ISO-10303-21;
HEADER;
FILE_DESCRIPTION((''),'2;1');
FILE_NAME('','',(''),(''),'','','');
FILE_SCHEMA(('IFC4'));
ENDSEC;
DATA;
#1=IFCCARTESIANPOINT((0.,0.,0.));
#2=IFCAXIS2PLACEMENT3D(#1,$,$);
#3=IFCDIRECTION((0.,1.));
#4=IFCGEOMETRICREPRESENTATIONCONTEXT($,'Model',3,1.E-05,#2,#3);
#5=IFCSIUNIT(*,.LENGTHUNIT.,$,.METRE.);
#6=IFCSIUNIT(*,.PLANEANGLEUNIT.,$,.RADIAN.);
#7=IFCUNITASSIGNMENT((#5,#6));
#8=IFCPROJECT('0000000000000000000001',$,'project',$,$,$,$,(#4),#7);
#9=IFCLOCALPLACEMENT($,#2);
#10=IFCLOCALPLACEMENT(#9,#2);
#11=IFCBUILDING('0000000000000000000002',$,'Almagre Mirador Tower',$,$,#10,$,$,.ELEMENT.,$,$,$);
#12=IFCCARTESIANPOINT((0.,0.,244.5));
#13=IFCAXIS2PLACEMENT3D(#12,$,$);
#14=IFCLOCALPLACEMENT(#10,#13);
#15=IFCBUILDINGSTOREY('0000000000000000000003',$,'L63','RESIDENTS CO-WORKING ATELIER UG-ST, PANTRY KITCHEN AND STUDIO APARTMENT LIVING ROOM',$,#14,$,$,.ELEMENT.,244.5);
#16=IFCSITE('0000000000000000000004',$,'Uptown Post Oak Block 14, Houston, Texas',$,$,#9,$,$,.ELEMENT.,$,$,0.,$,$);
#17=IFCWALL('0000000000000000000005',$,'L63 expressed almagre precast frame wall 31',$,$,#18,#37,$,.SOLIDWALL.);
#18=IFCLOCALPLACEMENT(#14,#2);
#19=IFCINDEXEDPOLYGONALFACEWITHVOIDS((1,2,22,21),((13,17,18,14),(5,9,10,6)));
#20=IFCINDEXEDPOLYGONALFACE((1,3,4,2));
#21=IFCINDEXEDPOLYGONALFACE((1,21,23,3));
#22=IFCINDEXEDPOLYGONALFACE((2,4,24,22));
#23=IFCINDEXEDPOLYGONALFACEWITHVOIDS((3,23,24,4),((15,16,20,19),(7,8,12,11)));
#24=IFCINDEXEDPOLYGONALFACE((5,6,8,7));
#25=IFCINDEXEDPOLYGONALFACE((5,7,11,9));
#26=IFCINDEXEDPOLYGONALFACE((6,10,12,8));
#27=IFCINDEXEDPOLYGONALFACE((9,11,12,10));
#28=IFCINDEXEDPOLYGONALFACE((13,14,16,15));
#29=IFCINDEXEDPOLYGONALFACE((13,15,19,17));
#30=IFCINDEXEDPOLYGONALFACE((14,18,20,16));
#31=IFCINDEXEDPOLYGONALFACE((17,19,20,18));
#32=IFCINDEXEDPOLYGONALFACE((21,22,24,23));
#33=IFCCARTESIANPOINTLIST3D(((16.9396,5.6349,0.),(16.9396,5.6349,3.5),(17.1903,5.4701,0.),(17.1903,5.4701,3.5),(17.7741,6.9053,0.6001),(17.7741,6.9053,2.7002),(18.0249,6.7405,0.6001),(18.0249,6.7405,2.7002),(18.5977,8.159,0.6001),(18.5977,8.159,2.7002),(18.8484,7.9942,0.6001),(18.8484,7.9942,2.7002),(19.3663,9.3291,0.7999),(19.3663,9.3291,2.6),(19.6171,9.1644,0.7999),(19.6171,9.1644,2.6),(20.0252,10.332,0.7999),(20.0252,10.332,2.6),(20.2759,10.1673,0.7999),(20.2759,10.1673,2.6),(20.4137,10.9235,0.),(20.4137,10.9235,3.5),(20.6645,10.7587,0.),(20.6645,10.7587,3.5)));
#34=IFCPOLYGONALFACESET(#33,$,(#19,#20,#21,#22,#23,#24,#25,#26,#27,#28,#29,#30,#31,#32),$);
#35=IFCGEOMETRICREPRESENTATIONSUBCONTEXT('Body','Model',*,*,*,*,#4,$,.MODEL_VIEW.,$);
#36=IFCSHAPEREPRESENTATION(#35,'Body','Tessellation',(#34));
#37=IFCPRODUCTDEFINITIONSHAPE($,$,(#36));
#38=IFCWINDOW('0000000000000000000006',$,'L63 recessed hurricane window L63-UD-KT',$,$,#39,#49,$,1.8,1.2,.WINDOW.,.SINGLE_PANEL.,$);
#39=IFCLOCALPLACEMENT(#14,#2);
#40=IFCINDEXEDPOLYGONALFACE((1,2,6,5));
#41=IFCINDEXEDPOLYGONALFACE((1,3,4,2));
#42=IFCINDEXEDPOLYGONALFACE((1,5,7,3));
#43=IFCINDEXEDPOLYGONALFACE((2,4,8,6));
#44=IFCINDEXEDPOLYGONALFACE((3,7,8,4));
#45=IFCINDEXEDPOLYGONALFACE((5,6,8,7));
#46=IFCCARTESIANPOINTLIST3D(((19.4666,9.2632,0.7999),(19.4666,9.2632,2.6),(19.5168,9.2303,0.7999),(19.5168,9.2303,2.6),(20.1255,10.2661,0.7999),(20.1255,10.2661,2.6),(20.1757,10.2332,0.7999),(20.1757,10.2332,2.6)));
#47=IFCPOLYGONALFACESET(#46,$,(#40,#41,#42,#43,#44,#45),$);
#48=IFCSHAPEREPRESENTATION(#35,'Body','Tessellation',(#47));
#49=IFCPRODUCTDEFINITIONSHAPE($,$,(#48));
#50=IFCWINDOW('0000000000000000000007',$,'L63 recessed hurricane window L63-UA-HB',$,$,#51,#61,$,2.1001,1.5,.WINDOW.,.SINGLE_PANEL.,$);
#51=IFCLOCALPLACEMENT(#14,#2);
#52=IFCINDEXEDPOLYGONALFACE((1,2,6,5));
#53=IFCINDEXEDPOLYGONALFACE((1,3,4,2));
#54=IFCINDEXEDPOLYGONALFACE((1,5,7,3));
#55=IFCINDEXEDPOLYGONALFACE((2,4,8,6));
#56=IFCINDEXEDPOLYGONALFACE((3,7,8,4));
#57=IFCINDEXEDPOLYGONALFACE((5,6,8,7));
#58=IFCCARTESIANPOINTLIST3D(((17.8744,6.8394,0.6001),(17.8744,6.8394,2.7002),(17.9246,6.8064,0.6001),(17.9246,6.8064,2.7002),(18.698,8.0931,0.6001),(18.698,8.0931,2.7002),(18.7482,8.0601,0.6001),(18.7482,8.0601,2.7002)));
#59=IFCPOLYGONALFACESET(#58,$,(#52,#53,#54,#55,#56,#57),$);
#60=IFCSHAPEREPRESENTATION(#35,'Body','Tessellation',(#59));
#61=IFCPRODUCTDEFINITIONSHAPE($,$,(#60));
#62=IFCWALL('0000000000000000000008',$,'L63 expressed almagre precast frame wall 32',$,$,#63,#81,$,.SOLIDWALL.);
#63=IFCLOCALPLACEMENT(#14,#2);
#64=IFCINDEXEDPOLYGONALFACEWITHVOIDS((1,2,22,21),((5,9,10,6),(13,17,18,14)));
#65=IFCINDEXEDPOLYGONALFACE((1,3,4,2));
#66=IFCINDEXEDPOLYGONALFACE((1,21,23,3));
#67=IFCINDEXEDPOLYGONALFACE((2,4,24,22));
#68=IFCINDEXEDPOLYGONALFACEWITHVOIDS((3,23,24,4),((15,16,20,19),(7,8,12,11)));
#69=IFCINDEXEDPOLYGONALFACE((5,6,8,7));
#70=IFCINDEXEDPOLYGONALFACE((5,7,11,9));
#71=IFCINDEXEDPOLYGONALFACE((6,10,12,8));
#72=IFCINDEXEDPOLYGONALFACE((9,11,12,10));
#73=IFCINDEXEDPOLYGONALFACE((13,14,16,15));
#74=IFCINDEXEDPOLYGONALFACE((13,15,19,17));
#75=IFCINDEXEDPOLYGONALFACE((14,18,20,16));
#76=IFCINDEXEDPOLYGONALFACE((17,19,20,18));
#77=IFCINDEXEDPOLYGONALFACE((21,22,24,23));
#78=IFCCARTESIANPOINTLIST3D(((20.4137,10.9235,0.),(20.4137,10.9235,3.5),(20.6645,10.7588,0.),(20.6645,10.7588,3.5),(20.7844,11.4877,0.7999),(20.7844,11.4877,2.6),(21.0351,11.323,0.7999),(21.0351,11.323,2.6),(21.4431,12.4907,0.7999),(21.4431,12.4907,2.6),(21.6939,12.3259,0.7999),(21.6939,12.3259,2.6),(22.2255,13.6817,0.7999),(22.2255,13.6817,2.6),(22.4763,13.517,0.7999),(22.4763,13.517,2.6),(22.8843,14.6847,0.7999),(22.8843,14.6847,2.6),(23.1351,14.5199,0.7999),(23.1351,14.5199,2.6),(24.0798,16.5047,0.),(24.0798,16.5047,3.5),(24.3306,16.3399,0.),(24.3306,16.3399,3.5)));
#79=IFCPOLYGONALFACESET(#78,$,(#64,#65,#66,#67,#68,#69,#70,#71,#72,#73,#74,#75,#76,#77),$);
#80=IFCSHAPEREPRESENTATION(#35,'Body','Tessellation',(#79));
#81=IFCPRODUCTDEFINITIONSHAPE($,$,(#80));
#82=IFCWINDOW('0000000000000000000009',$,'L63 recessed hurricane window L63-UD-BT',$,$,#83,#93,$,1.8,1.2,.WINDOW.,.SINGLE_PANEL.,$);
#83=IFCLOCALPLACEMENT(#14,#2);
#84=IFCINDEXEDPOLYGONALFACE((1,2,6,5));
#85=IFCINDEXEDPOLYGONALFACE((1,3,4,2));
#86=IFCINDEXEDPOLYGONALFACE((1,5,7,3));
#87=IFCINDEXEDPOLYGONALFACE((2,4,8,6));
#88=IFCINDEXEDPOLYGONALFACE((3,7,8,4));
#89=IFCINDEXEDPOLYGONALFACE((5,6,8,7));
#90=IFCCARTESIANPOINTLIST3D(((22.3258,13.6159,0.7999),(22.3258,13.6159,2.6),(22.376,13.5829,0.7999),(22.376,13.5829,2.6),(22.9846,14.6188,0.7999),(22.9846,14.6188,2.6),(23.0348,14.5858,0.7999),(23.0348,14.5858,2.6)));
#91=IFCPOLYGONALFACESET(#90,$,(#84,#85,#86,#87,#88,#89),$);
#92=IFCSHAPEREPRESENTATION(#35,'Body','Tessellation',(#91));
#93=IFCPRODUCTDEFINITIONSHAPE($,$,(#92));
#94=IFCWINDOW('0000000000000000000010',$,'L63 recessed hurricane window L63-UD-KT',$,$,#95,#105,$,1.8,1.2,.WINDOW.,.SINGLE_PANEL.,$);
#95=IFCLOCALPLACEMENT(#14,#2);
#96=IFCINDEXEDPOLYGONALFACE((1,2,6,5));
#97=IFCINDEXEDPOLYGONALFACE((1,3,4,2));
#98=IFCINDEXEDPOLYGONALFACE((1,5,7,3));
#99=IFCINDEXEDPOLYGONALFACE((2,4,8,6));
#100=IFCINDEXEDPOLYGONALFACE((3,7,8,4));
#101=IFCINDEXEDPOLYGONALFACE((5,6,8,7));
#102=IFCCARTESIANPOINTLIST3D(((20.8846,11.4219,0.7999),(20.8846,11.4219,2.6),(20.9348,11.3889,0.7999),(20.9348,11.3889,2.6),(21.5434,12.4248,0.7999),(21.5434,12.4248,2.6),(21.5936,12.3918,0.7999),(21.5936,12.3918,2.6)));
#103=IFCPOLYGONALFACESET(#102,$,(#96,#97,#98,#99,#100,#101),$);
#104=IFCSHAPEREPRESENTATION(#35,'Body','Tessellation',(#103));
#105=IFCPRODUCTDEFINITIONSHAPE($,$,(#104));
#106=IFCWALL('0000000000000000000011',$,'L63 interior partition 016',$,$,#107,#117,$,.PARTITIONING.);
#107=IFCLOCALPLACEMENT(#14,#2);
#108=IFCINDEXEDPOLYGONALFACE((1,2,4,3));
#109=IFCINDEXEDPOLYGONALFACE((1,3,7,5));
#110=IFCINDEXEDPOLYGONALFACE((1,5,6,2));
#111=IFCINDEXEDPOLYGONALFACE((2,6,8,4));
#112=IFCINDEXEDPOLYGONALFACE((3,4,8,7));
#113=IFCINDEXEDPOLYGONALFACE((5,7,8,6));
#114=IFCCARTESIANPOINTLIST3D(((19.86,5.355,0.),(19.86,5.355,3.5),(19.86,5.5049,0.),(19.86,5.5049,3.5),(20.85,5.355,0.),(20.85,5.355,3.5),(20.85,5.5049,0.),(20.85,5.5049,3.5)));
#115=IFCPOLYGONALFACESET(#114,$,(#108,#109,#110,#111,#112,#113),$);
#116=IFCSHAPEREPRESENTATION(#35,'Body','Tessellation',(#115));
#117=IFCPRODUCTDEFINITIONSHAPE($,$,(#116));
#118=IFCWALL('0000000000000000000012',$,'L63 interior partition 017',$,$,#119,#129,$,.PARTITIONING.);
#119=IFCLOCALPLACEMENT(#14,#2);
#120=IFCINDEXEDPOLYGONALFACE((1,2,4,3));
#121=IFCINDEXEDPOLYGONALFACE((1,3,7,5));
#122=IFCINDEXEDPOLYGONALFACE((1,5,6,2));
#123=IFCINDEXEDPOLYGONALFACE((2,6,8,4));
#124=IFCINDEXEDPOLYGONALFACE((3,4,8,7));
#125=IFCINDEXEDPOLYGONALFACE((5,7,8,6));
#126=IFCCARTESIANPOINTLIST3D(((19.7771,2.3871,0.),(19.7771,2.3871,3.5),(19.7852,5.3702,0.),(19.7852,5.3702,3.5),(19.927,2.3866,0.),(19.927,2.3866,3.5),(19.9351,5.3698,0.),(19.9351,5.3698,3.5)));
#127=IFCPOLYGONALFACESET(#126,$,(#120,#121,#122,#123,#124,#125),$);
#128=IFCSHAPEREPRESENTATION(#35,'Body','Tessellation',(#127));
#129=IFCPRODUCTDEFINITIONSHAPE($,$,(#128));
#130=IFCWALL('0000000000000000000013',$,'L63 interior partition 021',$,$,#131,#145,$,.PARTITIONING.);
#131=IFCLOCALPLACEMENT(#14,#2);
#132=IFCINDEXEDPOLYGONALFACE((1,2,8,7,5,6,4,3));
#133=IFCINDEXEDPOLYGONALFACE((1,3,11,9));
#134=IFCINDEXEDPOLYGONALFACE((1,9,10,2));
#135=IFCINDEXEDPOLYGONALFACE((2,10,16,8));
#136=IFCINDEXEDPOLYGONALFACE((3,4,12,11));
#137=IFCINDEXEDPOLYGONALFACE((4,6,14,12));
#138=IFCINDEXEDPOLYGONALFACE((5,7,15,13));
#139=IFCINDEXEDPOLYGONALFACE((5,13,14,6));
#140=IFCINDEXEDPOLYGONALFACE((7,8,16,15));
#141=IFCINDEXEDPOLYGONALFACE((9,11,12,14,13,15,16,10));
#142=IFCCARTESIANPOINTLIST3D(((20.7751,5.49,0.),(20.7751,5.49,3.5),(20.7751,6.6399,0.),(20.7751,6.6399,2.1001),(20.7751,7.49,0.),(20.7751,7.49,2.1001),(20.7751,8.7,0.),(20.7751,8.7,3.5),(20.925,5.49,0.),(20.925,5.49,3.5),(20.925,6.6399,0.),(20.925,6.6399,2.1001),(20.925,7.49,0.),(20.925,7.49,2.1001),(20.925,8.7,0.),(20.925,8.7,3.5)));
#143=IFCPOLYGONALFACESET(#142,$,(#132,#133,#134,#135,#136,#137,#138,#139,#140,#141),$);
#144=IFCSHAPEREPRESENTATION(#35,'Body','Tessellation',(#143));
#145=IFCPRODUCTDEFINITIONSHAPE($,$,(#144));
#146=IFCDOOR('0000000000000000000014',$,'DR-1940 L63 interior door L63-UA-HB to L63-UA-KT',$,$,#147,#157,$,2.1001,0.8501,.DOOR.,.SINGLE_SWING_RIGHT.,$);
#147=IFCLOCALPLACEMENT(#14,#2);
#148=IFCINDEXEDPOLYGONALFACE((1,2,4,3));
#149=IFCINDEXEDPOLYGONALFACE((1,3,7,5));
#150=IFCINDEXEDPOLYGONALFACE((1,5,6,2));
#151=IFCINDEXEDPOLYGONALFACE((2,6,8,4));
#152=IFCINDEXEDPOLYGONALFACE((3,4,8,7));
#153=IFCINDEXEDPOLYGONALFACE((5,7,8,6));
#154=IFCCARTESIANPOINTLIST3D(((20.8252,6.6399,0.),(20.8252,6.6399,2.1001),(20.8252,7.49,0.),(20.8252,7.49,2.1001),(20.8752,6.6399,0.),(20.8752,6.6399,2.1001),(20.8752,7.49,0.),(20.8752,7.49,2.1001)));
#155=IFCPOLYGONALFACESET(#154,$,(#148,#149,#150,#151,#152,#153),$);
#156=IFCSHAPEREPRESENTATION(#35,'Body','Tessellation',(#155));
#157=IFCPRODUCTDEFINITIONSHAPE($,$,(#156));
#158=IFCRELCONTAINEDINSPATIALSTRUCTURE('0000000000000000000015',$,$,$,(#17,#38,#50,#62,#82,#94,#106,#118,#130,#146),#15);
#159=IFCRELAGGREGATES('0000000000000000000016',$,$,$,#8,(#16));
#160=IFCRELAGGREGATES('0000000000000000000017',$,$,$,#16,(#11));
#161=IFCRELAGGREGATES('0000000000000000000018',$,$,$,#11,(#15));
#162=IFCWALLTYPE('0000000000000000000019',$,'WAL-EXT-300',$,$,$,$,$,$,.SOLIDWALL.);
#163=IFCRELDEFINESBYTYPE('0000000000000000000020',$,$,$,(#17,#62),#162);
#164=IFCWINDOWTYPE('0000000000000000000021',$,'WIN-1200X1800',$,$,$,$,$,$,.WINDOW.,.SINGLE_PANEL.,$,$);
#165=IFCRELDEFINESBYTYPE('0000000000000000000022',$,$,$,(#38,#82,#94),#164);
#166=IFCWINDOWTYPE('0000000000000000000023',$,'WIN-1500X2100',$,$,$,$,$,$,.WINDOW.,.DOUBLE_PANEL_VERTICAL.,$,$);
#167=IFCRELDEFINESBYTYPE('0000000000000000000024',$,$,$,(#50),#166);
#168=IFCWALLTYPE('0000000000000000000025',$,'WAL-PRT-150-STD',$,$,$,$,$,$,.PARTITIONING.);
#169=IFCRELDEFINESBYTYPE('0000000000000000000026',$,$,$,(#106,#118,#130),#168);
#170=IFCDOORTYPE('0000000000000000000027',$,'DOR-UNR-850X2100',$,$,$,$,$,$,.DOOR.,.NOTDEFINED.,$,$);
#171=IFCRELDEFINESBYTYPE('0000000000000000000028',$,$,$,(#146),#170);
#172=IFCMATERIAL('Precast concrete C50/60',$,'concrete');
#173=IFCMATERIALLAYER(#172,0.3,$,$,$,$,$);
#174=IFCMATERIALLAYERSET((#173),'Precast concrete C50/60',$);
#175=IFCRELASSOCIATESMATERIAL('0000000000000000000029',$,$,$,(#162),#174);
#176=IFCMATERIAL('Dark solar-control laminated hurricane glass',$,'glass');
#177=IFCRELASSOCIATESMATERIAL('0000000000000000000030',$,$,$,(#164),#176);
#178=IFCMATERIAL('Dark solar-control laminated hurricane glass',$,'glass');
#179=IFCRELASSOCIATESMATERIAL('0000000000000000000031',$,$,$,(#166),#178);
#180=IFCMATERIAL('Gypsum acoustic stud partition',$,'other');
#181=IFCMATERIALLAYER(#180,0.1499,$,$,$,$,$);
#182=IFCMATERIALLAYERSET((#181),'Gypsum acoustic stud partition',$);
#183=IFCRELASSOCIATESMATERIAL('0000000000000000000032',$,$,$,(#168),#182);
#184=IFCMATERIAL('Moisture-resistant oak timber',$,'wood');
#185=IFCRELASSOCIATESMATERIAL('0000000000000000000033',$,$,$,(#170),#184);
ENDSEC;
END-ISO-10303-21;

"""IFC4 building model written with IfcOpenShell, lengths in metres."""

from ifc_helpers import new_model, si_unit, direction, frame, frame_2d, origin, place, context, subcontext, project, spatial, rectangle, extrude, material, layer, layer_set, type_object, element, fill, save


model = new_model("IFC4")

# Units and contexts
model_context = context("Model", 3, precision=1e-05, world=origin(), true_north=direction((0.0, 1.0)))
body_context = subcontext(model_context, "Body", "Model", "MODEL_VIEW")
ifc_project = project(units=[si_unit("LENGTHUNIT", "METRE"), si_unit("PLANEANGLEUNIT", "RADIAN")], contexts=[model_context])

# Site, building, storey
site_placement = place(None, origin())
site = spatial("IfcSite", under=ifc_project, at=site_placement, Name="Uptown Post Oak Block 14, Houston, Texas", CompositionType="ELEMENT", RefElevation=0.0)
building_placement = place(site_placement, origin())
building = spatial("IfcBuilding", under=site, at=building_placement, Name="Almagre Mirador Tower", CompositionType="ELEMENT")
storey_placement = place(building_placement, frame((0.0, 0.0, 244.5)))
storey = spatial("IfcBuildingStorey", under=building, at=storey_placement, Name="L63", Description="RESIDENTS CO-WORKING ATELIER UG-ST, PANTRY KITCHEN AND STUDIO APARTMENT LIVING ROOM", CompositionType="ELEMENT", Elevation=244.5)

# Shared definitions
ifc_material_1 = material(Name="Precast concrete C50/60", Category="concrete")
ifc_layer_1 = layer(ifc_material_1, 0.3)
ifc_layer_set_1 = layer_set([ifc_layer_1], Name="Precast concrete C50/60")
wall_type_1 = type_object("IfcWallType", Name="WAL-EXT-300", PredefinedType="SOLIDWALL", material=ifc_layer_set_1)

# Walls, openings, windows
wall_1_placement = place(storey_placement, frame((17.0649, 5.5525, 0.0), z_axis=(0.0, 0.0, 1.0), x_axis=(0.549042, 0.835795, 0.0)))
wall_1 = element("IfcWall", 1, at=wall_1_placement, inside=storey, type_object=wall_type_1, Name="L63 expressed almagre precast frame wall 31", PredefinedType="SOLIDWALL", context=body_context, shape_type="SweptSolid", body=[
    extrude(rectangle(XDim=6.3276, YDim=0.3, at=frame_2d((3.1638, 0.0))), origin(), (0.0, 0.0, 1.0), 3.5),
])
opening_1_placement = place(wall_1_placement, frame((1.52, 0.0, 0.6001)))
opening_1 = element("IfcOpeningElement", 2, at=opening_1_placement, cuts=wall_1, PredefinedType="OPENING", context=body_context, shape_type="SweptSolid", body=[
    extrude(rectangle(XDim=1.5, YDim=2.1001, at=frame_2d((0.75, 1.05))), frame((0.0, 0.1599, 0.0), z_axis=(0.0, -1.0, 0.0), x_axis=(1.0, 0.0, 0.0)), (0.0, 0.0, 1.0), 0.32),
])
opening_2_placement = place(wall_1_placement, frame((4.4199, 0.0, 0.8)))
opening_2 = element("IfcOpeningElement", 3, at=opening_2_placement, cuts=wall_1, PredefinedType="OPENING", context=body_context, shape_type="SweptSolid", body=[
    extrude(rectangle(XDim=1.2, YDim=1.8, at=frame_2d((0.6001, 0.8999))), frame((0.0, 0.1599, 0.0), z_axis=(0.0, -1.0, 0.0), x_axis=(1.0, 0.0, 0.0)), (0.0, 0.0, 1.0), 0.32),
])
ifc_material_2 = material(Name="Dark solar-control laminated hurricane glass", Category="glass")
window_type_1 = type_object("IfcWindowType", Name="WIN-1200X1800", PartitioningType="SINGLE_PANEL", PredefinedType="WINDOW", material=ifc_material_2)
window_1_placement = place(opening_2_placement, origin())
window_1 = element("IfcWindow", 4, at=window_1_placement, inside=storey, type_object=window_type_1, Name="L63 recessed hurricane window L63-UD-KT", OverallHeight=1.8, OverallWidth=1.2, PartitioningType="SINGLE_PANEL", PredefinedType="WINDOW", context=body_context, shape_type="SweptSolid", body=[
    extrude(rectangle(XDim=1.2, YDim=1.8, at=frame_2d((0.6001, 0.8999))), frame((0.0, 0.03, 0.0), z_axis=(0.0, -1.0, 0.0), x_axis=(1.0, 0.0, 0.0)), (0.0, 0.0, 1.0), 0.0601),
])
fill(opening_2, window_1)
ifc_material_3 = material(Name="Dark solar-control laminated hurricane glass", Category="glass")
window_type_2 = type_object("IfcWindowType", Name="WIN-1500X2100", PartitioningType="DOUBLE_PANEL_VERTICAL", PredefinedType="WINDOW", material=ifc_material_3)
window_2_placement = place(opening_1_placement, origin())
window_2 = element("IfcWindow", 5, at=window_2_placement, inside=storey, type_object=window_type_2, Name="L63 recessed hurricane window L63-UA-HB", OverallHeight=2.1001, OverallWidth=1.5, PartitioningType="SINGLE_PANEL", PredefinedType="WINDOW", context=body_context, shape_type="SweptSolid", body=[
    extrude(rectangle(XDim=1.5, YDim=2.1001, at=frame_2d((0.75, 1.05))), frame((0.0, 0.03, 0.0), z_axis=(0.0, -1.0, 0.0), x_axis=(1.0, 0.0, 0.0)), (0.0, 0.0, 1.0), 0.0601),
])
fill(opening_1, window_2)
wall_2_placement = place(storey_placement, frame((20.5391, 10.8411, 0.0), z_axis=(0.0, 0.0, 1.0), x_axis=(0.549017, 0.835811, 0.0)))
wall_2 = element("IfcWall", 6, at=wall_2_placement, inside=storey, type_object=wall_type_1, Name="L63 expressed almagre precast frame wall 32", PredefinedType="SOLIDWALL", context=body_context, shape_type="SweptSolid", body=[
    extrude(rectangle(XDim=6.6775, YDim=0.3, at=frame_2d((3.3389, 0.0))), origin(), (0.0, 0.0, 1.0), 3.5),
])
opening_3_placement = place(wall_2_placement, frame((3.3, 0.0, 0.8)))
opening_3 = element("IfcOpeningElement", 7, at=opening_3_placement, cuts=wall_2, PredefinedType="OPENING", context=body_context, shape_type="SweptSolid", body=[
    extrude(rectangle(XDim=1.2, YDim=1.8, at=frame_2d((0.6001, 0.8999))), frame((0.0, 0.1599, 0.0), z_axis=(0.0, -1.0, 0.0), x_axis=(1.0, 0.0, 0.0)), (0.0, 0.0, 1.0), 0.32),
])
opening_4_placement = place(wall_2_placement, frame((0.675, 0.0, 0.8)))
opening_4 = element("IfcOpeningElement", 8, at=opening_4_placement, cuts=wall_2, PredefinedType="OPENING", context=body_context, shape_type="SweptSolid", body=[
    extrude(rectangle(XDim=1.2, YDim=1.8, at=frame_2d((0.6001, 0.8999))), frame((0.0, 0.1599, 0.0), z_axis=(0.0, -1.0, 0.0), x_axis=(1.0, 0.0, 0.0)), (0.0, 0.0, 1.0), 0.32),
])
window_3_placement = place(opening_3_placement, origin())
window_3 = element("IfcWindow", 9, at=window_3_placement, inside=storey, type_object=window_type_1, Name="L63 recessed hurricane window L63-UD-BT", OverallHeight=1.8, OverallWidth=1.2, PartitioningType="SINGLE_PANEL", PredefinedType="WINDOW", context=body_context, shape_type="SweptSolid", body=[
    extrude(rectangle(XDim=1.2, YDim=1.8, at=frame_2d((0.6001, 0.8999))), frame((0.0, 0.03, 0.0), z_axis=(0.0, -1.0, 0.0), x_axis=(1.0, 0.0, 0.0)), (0.0, 0.0, 1.0), 0.0601),
])
fill(opening_3, window_3)
window_4_placement = place(opening_4_placement, origin())
window_4 = element("IfcWindow", 10, at=window_4_placement, inside=storey, type_object=window_type_1, Name="L63 recessed hurricane window L63-UD-KT", OverallHeight=1.8, OverallWidth=1.2, PartitioningType="SINGLE_PANEL", PredefinedType="WINDOW", context=body_context, shape_type="SweptSolid", body=[
    extrude(rectangle(XDim=1.2, YDim=1.8, at=frame_2d((0.6001, 0.8999))), frame((0.0, 0.03, 0.0), z_axis=(0.0, -1.0, 0.0), x_axis=(1.0, 0.0, 0.0)), (0.0, 0.0, 1.0), 0.0601),
])
fill(opening_4, window_4)

# Walls
ifc_material_4 = material(Name="Gypsum acoustic stud partition", Category="other")
ifc_layer_2 = layer(ifc_material_4, 0.1499)
ifc_layer_set_2 = layer_set([ifc_layer_2], Name="Gypsum acoustic stud partition")
wall_type_2 = type_object("IfcWallType", Name="WAL-PRT-150-STD", PredefinedType="PARTITIONING", material=ifc_layer_set_2)
wall_3_placement = place(storey_placement, frame((20.8501, 5.4299, 0.0), z_axis=(0.0, 0.0, 1.0), x_axis=(-1.0, 0.0, 0.0)))
element("IfcWall", 11, at=wall_3_placement, inside=storey, type_object=wall_type_2, Name="L63 interior partition 016", PredefinedType="PARTITIONING", context=body_context, shape_type="SweptSolid", body=[
    extrude(rectangle(XDim=0.99, YDim=0.1499, at=frame_2d((0.4951, 0.0))), origin(), (0.0, 0.0, 1.0), 3.5),
])
wall_4_placement = place(storey_placement, frame((19.8601, 5.3701, 0.0), z_axis=(0.0, 0.0, 1.0), x_axis=(-0.002701, -0.999996, 0.0)))
element("IfcWall", 12, at=wall_4_placement, inside=storey, type_object=wall_type_2, Name="L63 interior partition 017", PredefinedType="PARTITIONING", context=body_context, shape_type="SweptSolid", body=[
    extrude(rectangle(XDim=2.9832, YDim=0.1499, at=frame_2d((1.4917, 0.0))), origin(), (0.0, 0.0, 1.0), 3.5),
])

# Wall, opening, door
wall_5_placement = place(storey_placement, frame((20.8501, 5.49, 0.0), z_axis=(0.0, 0.0, 1.0), x_axis=(0.0, 1.0, 0.0)))
wall_5 = element("IfcWall", 13, at=wall_5_placement, inside=storey, type_object=wall_type_2, Name="L63 interior partition 021", PredefinedType="PARTITIONING", context=body_context, shape_type="SweptSolid", body=[
    extrude(rectangle(XDim=3.21, YDim=0.1499, at=frame_2d((1.605, 0.0))), origin(), (0.0, 0.0, 1.0), 3.5),
])
opening_5_placement = place(wall_5_placement, frame((1.1499, 0.0, 0.0)))
opening_5 = element("IfcOpeningElement", 14, at=opening_5_placement, cuts=wall_5, PredefinedType="OPENING", context=body_context, shape_type="SweptSolid", body=[
    extrude(rectangle(XDim=0.8501, YDim=2.1001, at=frame_2d((0.425, 1.05))), frame((0.0, 0.085, 0.0), z_axis=(0.0, -1.0, 0.0), x_axis=(1.0, 0.0, 0.0)), (0.0, 0.0, 1.0), 0.1699),
])
ifc_material_5 = material(Name="Moisture-resistant oak timber", Category="wood")
door_type = type_object("IfcDoorType", Name="DOR-UNR-850X2100", OperationType="NOTDEFINED", PredefinedType="DOOR", material=ifc_material_5)
door_placement = place(opening_5_placement, origin())
door = element("IfcDoor", 15, at=door_placement, inside=storey, type_object=door_type, Name="DR-1940 L63 interior door L63-UA-HB to L63-UA-KT", OperationType="SINGLE_SWING_RIGHT", OverallHeight=2.1001, OverallWidth=0.8501, PredefinedType="DOOR", context=body_context, shape_type="SweptSolid", body=[
    extrude(rectangle(XDim=0.8501, YDim=2.1001, at=frame_2d((0.425, 1.05))), frame((0.0, 0.0249, 0.0), z_axis=(0.0, -1.0, 0.0), x_axis=(1.0, 0.0, 0.0)), (0.0, 0.0, 1.0), 0.05),
])
fill(opening_5, door)

save(model, "model.ifc")
